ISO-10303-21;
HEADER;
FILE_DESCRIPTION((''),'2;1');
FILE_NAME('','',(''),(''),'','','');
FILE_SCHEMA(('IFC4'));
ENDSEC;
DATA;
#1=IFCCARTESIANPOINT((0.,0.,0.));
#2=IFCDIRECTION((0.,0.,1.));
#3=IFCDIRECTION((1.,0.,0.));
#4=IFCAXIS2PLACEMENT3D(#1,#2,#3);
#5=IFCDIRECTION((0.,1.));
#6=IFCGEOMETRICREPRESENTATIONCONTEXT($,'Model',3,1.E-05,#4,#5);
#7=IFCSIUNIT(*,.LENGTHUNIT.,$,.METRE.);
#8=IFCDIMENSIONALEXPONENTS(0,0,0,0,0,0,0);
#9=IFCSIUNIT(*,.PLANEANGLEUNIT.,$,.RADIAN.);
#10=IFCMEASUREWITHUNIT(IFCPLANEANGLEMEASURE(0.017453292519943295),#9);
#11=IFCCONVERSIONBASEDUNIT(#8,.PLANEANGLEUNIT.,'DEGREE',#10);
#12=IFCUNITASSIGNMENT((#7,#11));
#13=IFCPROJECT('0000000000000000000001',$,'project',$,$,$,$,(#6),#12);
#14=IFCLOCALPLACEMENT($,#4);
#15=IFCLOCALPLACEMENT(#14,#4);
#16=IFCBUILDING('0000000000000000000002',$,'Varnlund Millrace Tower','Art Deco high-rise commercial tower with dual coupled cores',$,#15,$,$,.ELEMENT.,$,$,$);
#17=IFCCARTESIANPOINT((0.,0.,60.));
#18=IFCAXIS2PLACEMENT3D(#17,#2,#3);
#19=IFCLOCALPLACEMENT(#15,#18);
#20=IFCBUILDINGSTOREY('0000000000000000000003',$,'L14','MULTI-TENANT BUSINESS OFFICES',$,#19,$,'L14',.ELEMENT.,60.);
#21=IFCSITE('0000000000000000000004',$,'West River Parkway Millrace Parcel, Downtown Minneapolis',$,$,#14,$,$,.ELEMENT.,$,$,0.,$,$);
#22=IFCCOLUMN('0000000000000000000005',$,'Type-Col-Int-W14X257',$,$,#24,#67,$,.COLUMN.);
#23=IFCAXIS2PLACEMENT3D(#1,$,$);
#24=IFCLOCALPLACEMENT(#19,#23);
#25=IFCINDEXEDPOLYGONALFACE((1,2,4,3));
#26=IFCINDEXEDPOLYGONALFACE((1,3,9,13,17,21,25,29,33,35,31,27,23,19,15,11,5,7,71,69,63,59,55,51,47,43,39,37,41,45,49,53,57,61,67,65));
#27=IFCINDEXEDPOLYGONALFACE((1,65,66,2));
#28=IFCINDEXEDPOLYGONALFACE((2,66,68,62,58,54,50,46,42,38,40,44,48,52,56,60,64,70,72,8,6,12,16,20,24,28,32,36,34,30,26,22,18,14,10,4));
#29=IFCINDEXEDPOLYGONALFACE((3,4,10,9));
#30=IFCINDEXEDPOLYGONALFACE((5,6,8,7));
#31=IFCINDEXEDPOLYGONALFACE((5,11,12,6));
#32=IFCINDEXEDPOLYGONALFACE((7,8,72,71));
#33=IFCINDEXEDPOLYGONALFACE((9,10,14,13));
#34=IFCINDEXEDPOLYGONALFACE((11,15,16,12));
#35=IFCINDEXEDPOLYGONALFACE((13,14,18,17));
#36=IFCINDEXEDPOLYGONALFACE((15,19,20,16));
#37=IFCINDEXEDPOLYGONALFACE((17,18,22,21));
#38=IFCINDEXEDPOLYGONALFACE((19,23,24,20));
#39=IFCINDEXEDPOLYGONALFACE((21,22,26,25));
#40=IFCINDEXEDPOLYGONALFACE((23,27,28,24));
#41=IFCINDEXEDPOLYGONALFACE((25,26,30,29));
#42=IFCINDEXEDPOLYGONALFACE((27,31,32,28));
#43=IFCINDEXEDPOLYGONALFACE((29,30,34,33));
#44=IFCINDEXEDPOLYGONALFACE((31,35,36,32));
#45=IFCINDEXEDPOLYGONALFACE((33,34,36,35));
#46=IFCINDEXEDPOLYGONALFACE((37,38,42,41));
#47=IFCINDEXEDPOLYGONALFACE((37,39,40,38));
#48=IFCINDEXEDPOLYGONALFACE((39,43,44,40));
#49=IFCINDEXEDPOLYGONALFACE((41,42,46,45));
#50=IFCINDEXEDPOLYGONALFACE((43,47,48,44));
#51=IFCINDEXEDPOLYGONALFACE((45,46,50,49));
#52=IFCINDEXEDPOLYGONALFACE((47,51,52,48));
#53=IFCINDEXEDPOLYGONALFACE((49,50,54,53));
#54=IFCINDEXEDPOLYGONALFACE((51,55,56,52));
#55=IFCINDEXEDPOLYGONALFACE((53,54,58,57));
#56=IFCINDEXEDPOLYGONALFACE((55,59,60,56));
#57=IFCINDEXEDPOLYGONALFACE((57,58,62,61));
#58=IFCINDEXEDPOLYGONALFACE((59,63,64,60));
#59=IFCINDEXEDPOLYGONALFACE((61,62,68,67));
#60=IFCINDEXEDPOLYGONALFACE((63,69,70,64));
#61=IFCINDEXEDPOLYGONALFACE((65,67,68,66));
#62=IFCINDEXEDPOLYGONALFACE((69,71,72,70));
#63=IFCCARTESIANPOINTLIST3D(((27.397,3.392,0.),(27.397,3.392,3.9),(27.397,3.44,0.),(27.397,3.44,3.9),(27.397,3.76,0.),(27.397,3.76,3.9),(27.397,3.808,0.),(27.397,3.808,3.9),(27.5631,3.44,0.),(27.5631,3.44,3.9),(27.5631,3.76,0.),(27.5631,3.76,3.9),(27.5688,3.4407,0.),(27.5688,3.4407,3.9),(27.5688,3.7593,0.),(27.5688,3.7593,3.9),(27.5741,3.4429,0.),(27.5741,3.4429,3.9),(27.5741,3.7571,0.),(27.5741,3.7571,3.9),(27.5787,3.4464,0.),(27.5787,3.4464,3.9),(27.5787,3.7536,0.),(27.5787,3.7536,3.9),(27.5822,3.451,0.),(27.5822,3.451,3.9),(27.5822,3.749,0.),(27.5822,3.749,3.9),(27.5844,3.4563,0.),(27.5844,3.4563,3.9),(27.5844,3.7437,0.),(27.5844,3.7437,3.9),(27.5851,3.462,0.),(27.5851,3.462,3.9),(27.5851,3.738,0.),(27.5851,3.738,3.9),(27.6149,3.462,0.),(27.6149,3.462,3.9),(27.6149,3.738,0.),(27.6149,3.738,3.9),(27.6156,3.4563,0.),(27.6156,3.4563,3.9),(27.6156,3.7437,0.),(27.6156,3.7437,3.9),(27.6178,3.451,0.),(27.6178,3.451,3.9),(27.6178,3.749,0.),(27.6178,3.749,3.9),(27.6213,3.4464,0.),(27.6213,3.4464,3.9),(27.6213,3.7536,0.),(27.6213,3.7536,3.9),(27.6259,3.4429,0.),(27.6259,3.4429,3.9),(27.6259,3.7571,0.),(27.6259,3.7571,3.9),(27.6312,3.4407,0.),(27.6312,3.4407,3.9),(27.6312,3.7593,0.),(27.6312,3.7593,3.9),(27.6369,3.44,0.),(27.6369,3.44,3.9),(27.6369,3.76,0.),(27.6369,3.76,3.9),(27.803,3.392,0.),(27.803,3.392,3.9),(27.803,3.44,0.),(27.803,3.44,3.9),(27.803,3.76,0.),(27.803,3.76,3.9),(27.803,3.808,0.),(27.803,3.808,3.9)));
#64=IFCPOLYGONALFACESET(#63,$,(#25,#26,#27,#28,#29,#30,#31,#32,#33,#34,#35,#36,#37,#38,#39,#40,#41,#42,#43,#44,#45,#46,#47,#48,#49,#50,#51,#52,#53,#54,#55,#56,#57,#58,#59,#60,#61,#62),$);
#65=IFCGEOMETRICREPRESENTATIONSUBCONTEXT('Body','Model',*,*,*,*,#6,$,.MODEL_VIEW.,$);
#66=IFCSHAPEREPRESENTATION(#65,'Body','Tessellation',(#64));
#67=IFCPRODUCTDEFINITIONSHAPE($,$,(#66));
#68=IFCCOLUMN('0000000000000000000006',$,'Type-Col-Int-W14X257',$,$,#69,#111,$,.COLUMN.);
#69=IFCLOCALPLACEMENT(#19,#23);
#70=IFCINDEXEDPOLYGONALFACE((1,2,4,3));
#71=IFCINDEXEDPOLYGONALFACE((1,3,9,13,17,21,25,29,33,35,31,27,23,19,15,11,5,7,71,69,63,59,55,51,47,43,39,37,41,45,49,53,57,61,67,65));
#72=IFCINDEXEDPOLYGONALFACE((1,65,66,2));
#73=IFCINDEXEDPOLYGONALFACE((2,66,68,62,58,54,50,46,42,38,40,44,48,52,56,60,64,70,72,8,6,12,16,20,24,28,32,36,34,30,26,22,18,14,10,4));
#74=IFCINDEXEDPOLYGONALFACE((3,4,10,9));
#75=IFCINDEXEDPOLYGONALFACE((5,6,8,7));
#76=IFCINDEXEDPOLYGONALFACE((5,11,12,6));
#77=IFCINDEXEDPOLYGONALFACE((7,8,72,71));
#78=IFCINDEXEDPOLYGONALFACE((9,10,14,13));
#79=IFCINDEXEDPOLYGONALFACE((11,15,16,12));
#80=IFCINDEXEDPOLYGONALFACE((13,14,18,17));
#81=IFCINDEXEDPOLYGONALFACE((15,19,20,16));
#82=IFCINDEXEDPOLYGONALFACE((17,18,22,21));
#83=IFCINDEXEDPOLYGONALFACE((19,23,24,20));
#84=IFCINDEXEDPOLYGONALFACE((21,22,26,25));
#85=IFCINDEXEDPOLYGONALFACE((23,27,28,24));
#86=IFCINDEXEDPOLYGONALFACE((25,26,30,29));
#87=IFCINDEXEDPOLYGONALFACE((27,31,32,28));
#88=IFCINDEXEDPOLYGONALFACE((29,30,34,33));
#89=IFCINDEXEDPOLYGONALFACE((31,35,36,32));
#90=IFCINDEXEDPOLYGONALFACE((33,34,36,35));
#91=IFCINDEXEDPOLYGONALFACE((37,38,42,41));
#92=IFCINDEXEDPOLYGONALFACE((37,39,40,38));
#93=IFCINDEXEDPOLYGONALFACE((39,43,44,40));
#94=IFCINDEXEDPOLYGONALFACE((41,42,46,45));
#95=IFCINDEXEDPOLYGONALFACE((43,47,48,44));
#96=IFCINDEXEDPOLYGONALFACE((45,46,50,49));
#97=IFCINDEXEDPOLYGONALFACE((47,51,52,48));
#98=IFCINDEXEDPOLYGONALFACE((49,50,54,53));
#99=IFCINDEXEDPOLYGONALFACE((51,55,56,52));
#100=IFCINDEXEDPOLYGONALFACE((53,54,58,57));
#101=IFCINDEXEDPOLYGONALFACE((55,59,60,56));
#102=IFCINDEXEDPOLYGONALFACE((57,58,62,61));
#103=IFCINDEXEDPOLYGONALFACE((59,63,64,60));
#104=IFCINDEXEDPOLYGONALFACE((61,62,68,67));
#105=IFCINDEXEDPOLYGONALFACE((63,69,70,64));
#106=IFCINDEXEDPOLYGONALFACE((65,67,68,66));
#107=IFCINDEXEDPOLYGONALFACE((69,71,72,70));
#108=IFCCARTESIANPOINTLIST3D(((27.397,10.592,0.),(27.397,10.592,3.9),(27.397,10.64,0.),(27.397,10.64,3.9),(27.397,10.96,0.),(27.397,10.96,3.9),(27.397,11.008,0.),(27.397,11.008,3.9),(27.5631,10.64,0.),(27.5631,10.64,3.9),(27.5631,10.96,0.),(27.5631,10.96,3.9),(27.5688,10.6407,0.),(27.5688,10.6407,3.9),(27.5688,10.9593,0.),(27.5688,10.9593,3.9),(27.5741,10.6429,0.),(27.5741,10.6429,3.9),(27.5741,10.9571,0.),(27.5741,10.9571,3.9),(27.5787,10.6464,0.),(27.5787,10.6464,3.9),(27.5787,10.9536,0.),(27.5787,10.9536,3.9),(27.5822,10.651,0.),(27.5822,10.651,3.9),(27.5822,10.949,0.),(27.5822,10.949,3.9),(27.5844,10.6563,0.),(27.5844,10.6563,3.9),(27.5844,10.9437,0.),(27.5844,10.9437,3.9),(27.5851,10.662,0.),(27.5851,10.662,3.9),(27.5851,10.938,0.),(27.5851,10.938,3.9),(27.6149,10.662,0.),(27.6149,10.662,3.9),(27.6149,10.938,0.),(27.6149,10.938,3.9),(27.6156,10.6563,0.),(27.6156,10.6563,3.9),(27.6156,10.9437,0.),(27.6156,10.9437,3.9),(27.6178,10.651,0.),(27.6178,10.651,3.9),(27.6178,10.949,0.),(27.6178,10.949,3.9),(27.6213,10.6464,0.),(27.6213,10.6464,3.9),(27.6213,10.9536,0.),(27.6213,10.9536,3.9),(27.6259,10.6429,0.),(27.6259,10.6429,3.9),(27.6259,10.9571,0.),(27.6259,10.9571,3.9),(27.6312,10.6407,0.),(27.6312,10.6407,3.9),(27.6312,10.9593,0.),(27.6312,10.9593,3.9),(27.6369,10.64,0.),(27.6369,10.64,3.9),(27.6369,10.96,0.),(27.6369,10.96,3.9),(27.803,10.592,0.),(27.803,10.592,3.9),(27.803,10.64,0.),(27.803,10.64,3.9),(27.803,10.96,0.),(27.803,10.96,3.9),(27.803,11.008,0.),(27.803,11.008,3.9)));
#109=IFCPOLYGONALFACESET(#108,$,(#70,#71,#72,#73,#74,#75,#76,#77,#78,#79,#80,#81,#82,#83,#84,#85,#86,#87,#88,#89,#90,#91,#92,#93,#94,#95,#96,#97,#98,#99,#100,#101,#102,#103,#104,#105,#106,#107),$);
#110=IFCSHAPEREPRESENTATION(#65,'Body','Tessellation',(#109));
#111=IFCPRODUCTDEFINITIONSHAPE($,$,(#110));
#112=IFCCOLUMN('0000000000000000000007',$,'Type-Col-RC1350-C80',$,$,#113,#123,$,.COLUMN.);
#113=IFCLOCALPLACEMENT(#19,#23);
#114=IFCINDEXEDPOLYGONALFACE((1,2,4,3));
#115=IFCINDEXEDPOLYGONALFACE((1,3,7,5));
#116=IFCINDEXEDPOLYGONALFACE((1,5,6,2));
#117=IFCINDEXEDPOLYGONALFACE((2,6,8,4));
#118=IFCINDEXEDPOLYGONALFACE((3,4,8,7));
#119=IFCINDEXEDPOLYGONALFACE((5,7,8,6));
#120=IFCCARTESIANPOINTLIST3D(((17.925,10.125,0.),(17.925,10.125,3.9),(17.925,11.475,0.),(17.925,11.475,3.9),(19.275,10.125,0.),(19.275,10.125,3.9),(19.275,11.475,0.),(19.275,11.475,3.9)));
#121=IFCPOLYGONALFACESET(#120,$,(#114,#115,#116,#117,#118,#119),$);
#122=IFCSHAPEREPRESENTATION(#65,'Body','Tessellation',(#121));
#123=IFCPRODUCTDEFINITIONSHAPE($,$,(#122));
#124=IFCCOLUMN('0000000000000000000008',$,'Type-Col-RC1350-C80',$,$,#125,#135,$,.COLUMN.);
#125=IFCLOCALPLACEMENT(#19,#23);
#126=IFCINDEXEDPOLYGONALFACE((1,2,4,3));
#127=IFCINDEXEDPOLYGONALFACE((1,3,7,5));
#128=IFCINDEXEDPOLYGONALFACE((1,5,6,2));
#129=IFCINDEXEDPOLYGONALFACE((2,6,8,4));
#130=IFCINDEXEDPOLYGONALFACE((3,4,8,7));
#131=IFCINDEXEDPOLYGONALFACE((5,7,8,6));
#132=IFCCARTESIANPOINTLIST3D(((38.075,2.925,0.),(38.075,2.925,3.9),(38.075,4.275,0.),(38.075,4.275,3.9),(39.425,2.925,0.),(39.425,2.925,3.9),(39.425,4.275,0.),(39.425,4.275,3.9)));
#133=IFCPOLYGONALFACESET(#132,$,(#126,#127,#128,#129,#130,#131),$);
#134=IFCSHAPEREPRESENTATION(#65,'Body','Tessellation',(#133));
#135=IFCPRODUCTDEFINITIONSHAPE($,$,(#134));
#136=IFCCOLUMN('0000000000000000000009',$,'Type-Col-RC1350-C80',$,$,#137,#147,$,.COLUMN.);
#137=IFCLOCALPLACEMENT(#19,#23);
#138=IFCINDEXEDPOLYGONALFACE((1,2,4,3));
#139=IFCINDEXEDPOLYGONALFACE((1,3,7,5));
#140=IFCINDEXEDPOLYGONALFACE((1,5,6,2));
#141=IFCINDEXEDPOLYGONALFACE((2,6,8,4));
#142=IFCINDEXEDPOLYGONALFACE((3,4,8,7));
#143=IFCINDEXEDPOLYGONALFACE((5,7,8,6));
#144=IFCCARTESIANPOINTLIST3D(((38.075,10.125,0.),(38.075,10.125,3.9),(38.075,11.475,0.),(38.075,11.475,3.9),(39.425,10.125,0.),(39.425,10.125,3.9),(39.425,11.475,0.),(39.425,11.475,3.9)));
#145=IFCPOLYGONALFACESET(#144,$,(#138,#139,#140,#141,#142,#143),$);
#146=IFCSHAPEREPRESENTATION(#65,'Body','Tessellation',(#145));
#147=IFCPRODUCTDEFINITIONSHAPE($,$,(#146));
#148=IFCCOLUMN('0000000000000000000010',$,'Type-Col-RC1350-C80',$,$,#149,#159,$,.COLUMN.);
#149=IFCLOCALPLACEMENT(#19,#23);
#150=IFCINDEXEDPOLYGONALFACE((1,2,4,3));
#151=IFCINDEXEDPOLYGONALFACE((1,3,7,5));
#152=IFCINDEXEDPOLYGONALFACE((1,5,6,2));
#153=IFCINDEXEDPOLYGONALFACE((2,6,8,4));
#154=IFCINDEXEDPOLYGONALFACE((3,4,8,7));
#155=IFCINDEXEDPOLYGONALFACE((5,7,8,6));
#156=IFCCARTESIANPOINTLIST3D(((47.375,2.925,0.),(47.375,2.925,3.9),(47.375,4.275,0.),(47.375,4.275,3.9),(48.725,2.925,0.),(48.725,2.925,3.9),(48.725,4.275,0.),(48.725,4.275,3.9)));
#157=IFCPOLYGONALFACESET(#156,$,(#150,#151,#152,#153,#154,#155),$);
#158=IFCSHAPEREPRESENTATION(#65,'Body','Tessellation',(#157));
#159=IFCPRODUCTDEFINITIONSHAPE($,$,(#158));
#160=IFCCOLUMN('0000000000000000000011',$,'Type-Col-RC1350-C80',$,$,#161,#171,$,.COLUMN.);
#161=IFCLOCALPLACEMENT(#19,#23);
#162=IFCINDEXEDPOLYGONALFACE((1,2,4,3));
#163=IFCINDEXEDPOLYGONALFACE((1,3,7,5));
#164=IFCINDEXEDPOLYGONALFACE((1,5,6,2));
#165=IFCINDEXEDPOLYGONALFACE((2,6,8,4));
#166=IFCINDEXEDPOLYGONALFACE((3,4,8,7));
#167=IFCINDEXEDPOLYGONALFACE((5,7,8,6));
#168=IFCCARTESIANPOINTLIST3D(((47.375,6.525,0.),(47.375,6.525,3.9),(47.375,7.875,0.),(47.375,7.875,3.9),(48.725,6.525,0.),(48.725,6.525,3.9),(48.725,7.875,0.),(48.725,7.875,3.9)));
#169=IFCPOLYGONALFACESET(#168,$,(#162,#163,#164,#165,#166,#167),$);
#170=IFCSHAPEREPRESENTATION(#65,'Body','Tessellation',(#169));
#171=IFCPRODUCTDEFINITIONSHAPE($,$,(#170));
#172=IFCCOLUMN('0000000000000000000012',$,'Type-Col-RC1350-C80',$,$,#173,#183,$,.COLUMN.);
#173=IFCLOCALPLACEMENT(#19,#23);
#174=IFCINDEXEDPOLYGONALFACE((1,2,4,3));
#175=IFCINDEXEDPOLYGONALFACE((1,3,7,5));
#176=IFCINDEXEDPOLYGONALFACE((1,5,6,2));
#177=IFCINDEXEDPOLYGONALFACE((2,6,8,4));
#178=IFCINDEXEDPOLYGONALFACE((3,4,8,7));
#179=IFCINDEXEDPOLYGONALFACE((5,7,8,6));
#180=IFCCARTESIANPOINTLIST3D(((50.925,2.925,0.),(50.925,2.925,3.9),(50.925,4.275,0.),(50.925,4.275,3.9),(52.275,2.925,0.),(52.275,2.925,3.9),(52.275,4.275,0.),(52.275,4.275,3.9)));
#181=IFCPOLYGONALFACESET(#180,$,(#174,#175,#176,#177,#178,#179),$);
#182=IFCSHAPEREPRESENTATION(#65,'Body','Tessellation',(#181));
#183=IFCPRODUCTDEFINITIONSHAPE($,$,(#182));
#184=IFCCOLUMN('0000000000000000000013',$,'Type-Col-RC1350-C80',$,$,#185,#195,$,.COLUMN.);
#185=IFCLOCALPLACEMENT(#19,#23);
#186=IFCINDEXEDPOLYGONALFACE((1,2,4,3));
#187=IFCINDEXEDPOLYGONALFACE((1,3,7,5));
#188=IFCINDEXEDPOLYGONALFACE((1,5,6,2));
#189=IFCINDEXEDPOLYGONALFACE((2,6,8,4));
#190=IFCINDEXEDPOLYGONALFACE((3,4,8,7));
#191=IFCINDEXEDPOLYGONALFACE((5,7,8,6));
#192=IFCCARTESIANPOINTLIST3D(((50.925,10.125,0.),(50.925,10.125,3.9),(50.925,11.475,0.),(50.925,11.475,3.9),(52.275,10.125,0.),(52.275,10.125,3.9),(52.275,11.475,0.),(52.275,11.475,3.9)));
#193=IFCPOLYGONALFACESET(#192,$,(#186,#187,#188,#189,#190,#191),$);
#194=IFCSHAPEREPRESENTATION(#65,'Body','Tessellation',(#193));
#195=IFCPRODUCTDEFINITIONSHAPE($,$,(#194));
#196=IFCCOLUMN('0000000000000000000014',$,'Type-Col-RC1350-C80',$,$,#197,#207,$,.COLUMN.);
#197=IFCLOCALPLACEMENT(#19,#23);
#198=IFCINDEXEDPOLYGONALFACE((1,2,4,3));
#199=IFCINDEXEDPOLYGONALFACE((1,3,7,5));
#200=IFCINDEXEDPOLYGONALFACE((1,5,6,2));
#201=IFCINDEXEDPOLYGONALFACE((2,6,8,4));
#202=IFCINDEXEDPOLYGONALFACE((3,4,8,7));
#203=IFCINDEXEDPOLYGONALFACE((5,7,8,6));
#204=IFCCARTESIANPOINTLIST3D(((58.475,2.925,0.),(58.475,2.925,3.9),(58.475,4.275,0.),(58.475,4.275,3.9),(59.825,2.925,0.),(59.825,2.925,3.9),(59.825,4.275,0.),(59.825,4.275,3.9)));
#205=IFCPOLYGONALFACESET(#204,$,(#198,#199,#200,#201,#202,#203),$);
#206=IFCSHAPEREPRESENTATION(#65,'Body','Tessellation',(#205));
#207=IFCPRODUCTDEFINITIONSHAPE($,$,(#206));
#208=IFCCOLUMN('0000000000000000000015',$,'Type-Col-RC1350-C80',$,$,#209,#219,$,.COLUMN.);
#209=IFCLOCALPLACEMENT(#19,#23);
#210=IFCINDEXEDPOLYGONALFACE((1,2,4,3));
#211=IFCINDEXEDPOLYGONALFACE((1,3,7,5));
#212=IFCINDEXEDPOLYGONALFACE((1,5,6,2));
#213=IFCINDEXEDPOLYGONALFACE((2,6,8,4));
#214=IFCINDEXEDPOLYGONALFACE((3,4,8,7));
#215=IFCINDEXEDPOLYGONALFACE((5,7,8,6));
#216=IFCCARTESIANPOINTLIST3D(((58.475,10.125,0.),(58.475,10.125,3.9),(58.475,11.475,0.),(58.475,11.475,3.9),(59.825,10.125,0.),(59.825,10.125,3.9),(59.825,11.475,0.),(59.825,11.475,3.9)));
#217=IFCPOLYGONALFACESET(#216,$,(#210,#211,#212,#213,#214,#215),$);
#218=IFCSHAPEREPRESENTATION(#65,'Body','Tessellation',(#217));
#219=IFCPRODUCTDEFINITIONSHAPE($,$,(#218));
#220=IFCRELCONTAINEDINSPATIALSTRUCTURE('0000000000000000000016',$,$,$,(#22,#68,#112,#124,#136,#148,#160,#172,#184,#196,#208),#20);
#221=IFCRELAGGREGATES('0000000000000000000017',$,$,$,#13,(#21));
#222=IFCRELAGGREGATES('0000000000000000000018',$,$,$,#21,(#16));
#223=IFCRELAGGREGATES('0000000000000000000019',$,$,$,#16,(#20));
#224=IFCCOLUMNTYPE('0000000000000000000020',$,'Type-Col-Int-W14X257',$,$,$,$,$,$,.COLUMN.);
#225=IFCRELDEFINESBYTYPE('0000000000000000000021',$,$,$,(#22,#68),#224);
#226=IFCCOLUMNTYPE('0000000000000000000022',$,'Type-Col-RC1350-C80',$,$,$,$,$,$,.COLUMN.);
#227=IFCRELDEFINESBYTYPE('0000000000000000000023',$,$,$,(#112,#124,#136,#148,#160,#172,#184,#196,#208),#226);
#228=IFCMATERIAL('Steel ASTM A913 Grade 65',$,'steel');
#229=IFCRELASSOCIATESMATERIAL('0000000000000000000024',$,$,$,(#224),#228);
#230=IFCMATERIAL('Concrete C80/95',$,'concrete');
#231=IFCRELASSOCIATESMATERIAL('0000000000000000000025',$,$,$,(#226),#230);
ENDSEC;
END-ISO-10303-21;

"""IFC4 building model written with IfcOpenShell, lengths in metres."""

from ifc_helpers import new_model, entity, si_unit, converted_unit, direction, frame, origin_with_axes, origin_2d_with_axis, place, context, subcontext, project, spatial, rectangle, i_section, extrude, material, material_profile, profile_set, type_object, element, save


model = new_model("IFC4")

# Units and contexts
model_context = context("Model", 3, precision=1e-05, world=origin_with_axes(), true_north=direction((0.0, 1.0)))
body_context = subcontext(model_context, "Body", "Model", "MODEL_VIEW")
ifc_project = project(units=[si_unit("LENGTHUNIT", "METRE"), converted_unit("PLANEANGLEUNIT", "DEGREE", entity("IfcPlaneAngleMeasure", 0.017453292519943295), si_unit("PLANEANGLEUNIT", "RADIAN"), dimensions=[0, 0, 0, 0, 0, 0, 0])], contexts=[model_context])

# Site, building, storey
site_placement = place(None, origin_with_axes())
site = spatial("IfcSite", under=ifc_project, at=site_placement, Name="West River Parkway Millrace Parcel, Downtown Minneapolis", CompositionType="ELEMENT", RefElevation=0.0)
building_placement = place(site_placement, origin_with_axes())
building = spatial("IfcBuilding", under=site, at=building_placement, Name="Varnlund Millrace Tower", Description="Art Deco high-rise commercial tower with dual coupled cores", CompositionType="ELEMENT")
storey_placement = place(building_placement, frame((0.0, 0.0, 60.0), z_axis=(0.0, 0.0, 1.0), x_axis=(1.0, 0.0, 0.0)))
storey = spatial("IfcBuildingStorey", under=building, at=storey_placement, Name="L14", Description="MULTI-TENANT BUSINESS OFFICES", LongName="L14", CompositionType="ELEMENT", Elevation=60.0)

# Columns
ifc_material_1 = material(Name="Steel ASTM A913 Grade 65", Category="steel")
ifc_material_profile_1 = material_profile(ifc_material_1, i_section(OverallWidth=0.406, OverallDepth=0.416, WebThickness=0.0298, FlangeThickness=0.048, FilletRadius=0.022, at=origin_2d_with_axis()), Name="Steel ASTM A913 Grade 65")
ifc_profile_set_1 = profile_set([ifc_material_profile_1], Name="Steel ASTM A913 Grade 65")
column_type_1 = type_object("IfcColumnType", Name="Type-Col-Int-W14X257", PredefinedType="COLUMN", material=ifc_profile_set_1)
for number, where, z_axis, x_axis, name in (
    (1, (27.6, 3.6, 0.0), (0.0, 0.0, 1.0), (1.0, 0.0, 0.0), "Type-Col-Int-W14X257"),
    (2, (27.6, 10.8, 0.0), (0.0, 0.0, 1.0), (1.0, 0.0, 0.0), "Type-Col-Int-W14X257"),
):
    element("IfcColumn", number, at=place(storey_placement, frame(where, z_axis=z_axis, x_axis=x_axis)), inside=storey, type_object=column_type_1, Name=name, PredefinedType="COLUMN", context=body_context, shape_type="SweptSolid", body=[
        extrude(i_section(OverallWidth=0.406, OverallDepth=0.416, WebThickness=0.0298, FlangeThickness=0.048, FilletRadius=0.022, at=origin_2d_with_axis()), origin_with_axes(), (0.0, 0.0, 1.0), 3.9),
    ])
ifc_material_2 = material(Name="Concrete C80/95", Category="concrete")
ifc_material_profile_2 = material_profile(ifc_material_2, rectangle(XDim=1.35, YDim=1.35, at=origin_2d_with_axis()), Name="Concrete C80/95")
ifc_profile_set_2 = profile_set([ifc_material_profile_2], Name="Concrete C80/95")
column_type_2 = type_object("IfcColumnType", Name="Type-Col-RC1350-C80", PredefinedType="COLUMN", material=ifc_profile_set_2)
for number, where, z_axis, x_axis, name in (
    (3, (18.6, 10.8, 0.0), (0.0, 0.0, 1.0), (1.0, 0.0, 0.0), "Type-Col-RC1350-C80"),
    (4, (38.75, 3.6, 0.0), (0.0, 0.0, 1.0), (1.0, 0.0, 0.0), "Type-Col-RC1350-C80"),
    (5, (38.75, 10.8, 0.0), (0.0, 0.0, 1.0), (1.0, 0.0, 0.0), "Type-Col-RC1350-C80"),
    (6, (48.05, 3.6, 0.0), (0.0, 0.0, 1.0), (1.0, 0.0, 0.0), "Type-Col-RC1350-C80"),
    (7, (48.05, 7.2, 0.0), (0.0, 0.0, 1.0), (1.0, 0.0, 0.0), "Type-Col-RC1350-C80"),
    (8, (51.6, 3.6, 0.0), (0.0, 0.0, 1.0), (1.0, 0.0, 0.0), "Type-Col-RC1350-C80"),
    (9, (51.6, 10.8, 0.0), (0.0, 0.0, 1.0), (1.0, 0.0, 0.0), "Type-Col-RC1350-C80"),
    (10, (59.15, 3.6, 0.0), (0.0, 0.0, 1.0), (1.0, 0.0, 0.0), "Type-Col-RC1350-C80"),
    (11, (59.15, 10.8, 0.0), (0.0, 0.0, 1.0), (1.0, 0.0, 0.0), "Type-Col-RC1350-C80"),
):
    element("IfcColumn", number, at=place(storey_placement, frame(where, z_axis=z_axis, x_axis=x_axis)), inside=storey, type_object=column_type_2, Name=name, PredefinedType="COLUMN", context=body_context, shape_type="SweptSolid", body=[
        extrude(rectangle(XDim=1.35, YDim=1.35, at=origin_2d_with_axis()), origin_with_axes(), (0.0, 0.0, 1.0), 3.9),
    ])

save(model, "model.ifc")
